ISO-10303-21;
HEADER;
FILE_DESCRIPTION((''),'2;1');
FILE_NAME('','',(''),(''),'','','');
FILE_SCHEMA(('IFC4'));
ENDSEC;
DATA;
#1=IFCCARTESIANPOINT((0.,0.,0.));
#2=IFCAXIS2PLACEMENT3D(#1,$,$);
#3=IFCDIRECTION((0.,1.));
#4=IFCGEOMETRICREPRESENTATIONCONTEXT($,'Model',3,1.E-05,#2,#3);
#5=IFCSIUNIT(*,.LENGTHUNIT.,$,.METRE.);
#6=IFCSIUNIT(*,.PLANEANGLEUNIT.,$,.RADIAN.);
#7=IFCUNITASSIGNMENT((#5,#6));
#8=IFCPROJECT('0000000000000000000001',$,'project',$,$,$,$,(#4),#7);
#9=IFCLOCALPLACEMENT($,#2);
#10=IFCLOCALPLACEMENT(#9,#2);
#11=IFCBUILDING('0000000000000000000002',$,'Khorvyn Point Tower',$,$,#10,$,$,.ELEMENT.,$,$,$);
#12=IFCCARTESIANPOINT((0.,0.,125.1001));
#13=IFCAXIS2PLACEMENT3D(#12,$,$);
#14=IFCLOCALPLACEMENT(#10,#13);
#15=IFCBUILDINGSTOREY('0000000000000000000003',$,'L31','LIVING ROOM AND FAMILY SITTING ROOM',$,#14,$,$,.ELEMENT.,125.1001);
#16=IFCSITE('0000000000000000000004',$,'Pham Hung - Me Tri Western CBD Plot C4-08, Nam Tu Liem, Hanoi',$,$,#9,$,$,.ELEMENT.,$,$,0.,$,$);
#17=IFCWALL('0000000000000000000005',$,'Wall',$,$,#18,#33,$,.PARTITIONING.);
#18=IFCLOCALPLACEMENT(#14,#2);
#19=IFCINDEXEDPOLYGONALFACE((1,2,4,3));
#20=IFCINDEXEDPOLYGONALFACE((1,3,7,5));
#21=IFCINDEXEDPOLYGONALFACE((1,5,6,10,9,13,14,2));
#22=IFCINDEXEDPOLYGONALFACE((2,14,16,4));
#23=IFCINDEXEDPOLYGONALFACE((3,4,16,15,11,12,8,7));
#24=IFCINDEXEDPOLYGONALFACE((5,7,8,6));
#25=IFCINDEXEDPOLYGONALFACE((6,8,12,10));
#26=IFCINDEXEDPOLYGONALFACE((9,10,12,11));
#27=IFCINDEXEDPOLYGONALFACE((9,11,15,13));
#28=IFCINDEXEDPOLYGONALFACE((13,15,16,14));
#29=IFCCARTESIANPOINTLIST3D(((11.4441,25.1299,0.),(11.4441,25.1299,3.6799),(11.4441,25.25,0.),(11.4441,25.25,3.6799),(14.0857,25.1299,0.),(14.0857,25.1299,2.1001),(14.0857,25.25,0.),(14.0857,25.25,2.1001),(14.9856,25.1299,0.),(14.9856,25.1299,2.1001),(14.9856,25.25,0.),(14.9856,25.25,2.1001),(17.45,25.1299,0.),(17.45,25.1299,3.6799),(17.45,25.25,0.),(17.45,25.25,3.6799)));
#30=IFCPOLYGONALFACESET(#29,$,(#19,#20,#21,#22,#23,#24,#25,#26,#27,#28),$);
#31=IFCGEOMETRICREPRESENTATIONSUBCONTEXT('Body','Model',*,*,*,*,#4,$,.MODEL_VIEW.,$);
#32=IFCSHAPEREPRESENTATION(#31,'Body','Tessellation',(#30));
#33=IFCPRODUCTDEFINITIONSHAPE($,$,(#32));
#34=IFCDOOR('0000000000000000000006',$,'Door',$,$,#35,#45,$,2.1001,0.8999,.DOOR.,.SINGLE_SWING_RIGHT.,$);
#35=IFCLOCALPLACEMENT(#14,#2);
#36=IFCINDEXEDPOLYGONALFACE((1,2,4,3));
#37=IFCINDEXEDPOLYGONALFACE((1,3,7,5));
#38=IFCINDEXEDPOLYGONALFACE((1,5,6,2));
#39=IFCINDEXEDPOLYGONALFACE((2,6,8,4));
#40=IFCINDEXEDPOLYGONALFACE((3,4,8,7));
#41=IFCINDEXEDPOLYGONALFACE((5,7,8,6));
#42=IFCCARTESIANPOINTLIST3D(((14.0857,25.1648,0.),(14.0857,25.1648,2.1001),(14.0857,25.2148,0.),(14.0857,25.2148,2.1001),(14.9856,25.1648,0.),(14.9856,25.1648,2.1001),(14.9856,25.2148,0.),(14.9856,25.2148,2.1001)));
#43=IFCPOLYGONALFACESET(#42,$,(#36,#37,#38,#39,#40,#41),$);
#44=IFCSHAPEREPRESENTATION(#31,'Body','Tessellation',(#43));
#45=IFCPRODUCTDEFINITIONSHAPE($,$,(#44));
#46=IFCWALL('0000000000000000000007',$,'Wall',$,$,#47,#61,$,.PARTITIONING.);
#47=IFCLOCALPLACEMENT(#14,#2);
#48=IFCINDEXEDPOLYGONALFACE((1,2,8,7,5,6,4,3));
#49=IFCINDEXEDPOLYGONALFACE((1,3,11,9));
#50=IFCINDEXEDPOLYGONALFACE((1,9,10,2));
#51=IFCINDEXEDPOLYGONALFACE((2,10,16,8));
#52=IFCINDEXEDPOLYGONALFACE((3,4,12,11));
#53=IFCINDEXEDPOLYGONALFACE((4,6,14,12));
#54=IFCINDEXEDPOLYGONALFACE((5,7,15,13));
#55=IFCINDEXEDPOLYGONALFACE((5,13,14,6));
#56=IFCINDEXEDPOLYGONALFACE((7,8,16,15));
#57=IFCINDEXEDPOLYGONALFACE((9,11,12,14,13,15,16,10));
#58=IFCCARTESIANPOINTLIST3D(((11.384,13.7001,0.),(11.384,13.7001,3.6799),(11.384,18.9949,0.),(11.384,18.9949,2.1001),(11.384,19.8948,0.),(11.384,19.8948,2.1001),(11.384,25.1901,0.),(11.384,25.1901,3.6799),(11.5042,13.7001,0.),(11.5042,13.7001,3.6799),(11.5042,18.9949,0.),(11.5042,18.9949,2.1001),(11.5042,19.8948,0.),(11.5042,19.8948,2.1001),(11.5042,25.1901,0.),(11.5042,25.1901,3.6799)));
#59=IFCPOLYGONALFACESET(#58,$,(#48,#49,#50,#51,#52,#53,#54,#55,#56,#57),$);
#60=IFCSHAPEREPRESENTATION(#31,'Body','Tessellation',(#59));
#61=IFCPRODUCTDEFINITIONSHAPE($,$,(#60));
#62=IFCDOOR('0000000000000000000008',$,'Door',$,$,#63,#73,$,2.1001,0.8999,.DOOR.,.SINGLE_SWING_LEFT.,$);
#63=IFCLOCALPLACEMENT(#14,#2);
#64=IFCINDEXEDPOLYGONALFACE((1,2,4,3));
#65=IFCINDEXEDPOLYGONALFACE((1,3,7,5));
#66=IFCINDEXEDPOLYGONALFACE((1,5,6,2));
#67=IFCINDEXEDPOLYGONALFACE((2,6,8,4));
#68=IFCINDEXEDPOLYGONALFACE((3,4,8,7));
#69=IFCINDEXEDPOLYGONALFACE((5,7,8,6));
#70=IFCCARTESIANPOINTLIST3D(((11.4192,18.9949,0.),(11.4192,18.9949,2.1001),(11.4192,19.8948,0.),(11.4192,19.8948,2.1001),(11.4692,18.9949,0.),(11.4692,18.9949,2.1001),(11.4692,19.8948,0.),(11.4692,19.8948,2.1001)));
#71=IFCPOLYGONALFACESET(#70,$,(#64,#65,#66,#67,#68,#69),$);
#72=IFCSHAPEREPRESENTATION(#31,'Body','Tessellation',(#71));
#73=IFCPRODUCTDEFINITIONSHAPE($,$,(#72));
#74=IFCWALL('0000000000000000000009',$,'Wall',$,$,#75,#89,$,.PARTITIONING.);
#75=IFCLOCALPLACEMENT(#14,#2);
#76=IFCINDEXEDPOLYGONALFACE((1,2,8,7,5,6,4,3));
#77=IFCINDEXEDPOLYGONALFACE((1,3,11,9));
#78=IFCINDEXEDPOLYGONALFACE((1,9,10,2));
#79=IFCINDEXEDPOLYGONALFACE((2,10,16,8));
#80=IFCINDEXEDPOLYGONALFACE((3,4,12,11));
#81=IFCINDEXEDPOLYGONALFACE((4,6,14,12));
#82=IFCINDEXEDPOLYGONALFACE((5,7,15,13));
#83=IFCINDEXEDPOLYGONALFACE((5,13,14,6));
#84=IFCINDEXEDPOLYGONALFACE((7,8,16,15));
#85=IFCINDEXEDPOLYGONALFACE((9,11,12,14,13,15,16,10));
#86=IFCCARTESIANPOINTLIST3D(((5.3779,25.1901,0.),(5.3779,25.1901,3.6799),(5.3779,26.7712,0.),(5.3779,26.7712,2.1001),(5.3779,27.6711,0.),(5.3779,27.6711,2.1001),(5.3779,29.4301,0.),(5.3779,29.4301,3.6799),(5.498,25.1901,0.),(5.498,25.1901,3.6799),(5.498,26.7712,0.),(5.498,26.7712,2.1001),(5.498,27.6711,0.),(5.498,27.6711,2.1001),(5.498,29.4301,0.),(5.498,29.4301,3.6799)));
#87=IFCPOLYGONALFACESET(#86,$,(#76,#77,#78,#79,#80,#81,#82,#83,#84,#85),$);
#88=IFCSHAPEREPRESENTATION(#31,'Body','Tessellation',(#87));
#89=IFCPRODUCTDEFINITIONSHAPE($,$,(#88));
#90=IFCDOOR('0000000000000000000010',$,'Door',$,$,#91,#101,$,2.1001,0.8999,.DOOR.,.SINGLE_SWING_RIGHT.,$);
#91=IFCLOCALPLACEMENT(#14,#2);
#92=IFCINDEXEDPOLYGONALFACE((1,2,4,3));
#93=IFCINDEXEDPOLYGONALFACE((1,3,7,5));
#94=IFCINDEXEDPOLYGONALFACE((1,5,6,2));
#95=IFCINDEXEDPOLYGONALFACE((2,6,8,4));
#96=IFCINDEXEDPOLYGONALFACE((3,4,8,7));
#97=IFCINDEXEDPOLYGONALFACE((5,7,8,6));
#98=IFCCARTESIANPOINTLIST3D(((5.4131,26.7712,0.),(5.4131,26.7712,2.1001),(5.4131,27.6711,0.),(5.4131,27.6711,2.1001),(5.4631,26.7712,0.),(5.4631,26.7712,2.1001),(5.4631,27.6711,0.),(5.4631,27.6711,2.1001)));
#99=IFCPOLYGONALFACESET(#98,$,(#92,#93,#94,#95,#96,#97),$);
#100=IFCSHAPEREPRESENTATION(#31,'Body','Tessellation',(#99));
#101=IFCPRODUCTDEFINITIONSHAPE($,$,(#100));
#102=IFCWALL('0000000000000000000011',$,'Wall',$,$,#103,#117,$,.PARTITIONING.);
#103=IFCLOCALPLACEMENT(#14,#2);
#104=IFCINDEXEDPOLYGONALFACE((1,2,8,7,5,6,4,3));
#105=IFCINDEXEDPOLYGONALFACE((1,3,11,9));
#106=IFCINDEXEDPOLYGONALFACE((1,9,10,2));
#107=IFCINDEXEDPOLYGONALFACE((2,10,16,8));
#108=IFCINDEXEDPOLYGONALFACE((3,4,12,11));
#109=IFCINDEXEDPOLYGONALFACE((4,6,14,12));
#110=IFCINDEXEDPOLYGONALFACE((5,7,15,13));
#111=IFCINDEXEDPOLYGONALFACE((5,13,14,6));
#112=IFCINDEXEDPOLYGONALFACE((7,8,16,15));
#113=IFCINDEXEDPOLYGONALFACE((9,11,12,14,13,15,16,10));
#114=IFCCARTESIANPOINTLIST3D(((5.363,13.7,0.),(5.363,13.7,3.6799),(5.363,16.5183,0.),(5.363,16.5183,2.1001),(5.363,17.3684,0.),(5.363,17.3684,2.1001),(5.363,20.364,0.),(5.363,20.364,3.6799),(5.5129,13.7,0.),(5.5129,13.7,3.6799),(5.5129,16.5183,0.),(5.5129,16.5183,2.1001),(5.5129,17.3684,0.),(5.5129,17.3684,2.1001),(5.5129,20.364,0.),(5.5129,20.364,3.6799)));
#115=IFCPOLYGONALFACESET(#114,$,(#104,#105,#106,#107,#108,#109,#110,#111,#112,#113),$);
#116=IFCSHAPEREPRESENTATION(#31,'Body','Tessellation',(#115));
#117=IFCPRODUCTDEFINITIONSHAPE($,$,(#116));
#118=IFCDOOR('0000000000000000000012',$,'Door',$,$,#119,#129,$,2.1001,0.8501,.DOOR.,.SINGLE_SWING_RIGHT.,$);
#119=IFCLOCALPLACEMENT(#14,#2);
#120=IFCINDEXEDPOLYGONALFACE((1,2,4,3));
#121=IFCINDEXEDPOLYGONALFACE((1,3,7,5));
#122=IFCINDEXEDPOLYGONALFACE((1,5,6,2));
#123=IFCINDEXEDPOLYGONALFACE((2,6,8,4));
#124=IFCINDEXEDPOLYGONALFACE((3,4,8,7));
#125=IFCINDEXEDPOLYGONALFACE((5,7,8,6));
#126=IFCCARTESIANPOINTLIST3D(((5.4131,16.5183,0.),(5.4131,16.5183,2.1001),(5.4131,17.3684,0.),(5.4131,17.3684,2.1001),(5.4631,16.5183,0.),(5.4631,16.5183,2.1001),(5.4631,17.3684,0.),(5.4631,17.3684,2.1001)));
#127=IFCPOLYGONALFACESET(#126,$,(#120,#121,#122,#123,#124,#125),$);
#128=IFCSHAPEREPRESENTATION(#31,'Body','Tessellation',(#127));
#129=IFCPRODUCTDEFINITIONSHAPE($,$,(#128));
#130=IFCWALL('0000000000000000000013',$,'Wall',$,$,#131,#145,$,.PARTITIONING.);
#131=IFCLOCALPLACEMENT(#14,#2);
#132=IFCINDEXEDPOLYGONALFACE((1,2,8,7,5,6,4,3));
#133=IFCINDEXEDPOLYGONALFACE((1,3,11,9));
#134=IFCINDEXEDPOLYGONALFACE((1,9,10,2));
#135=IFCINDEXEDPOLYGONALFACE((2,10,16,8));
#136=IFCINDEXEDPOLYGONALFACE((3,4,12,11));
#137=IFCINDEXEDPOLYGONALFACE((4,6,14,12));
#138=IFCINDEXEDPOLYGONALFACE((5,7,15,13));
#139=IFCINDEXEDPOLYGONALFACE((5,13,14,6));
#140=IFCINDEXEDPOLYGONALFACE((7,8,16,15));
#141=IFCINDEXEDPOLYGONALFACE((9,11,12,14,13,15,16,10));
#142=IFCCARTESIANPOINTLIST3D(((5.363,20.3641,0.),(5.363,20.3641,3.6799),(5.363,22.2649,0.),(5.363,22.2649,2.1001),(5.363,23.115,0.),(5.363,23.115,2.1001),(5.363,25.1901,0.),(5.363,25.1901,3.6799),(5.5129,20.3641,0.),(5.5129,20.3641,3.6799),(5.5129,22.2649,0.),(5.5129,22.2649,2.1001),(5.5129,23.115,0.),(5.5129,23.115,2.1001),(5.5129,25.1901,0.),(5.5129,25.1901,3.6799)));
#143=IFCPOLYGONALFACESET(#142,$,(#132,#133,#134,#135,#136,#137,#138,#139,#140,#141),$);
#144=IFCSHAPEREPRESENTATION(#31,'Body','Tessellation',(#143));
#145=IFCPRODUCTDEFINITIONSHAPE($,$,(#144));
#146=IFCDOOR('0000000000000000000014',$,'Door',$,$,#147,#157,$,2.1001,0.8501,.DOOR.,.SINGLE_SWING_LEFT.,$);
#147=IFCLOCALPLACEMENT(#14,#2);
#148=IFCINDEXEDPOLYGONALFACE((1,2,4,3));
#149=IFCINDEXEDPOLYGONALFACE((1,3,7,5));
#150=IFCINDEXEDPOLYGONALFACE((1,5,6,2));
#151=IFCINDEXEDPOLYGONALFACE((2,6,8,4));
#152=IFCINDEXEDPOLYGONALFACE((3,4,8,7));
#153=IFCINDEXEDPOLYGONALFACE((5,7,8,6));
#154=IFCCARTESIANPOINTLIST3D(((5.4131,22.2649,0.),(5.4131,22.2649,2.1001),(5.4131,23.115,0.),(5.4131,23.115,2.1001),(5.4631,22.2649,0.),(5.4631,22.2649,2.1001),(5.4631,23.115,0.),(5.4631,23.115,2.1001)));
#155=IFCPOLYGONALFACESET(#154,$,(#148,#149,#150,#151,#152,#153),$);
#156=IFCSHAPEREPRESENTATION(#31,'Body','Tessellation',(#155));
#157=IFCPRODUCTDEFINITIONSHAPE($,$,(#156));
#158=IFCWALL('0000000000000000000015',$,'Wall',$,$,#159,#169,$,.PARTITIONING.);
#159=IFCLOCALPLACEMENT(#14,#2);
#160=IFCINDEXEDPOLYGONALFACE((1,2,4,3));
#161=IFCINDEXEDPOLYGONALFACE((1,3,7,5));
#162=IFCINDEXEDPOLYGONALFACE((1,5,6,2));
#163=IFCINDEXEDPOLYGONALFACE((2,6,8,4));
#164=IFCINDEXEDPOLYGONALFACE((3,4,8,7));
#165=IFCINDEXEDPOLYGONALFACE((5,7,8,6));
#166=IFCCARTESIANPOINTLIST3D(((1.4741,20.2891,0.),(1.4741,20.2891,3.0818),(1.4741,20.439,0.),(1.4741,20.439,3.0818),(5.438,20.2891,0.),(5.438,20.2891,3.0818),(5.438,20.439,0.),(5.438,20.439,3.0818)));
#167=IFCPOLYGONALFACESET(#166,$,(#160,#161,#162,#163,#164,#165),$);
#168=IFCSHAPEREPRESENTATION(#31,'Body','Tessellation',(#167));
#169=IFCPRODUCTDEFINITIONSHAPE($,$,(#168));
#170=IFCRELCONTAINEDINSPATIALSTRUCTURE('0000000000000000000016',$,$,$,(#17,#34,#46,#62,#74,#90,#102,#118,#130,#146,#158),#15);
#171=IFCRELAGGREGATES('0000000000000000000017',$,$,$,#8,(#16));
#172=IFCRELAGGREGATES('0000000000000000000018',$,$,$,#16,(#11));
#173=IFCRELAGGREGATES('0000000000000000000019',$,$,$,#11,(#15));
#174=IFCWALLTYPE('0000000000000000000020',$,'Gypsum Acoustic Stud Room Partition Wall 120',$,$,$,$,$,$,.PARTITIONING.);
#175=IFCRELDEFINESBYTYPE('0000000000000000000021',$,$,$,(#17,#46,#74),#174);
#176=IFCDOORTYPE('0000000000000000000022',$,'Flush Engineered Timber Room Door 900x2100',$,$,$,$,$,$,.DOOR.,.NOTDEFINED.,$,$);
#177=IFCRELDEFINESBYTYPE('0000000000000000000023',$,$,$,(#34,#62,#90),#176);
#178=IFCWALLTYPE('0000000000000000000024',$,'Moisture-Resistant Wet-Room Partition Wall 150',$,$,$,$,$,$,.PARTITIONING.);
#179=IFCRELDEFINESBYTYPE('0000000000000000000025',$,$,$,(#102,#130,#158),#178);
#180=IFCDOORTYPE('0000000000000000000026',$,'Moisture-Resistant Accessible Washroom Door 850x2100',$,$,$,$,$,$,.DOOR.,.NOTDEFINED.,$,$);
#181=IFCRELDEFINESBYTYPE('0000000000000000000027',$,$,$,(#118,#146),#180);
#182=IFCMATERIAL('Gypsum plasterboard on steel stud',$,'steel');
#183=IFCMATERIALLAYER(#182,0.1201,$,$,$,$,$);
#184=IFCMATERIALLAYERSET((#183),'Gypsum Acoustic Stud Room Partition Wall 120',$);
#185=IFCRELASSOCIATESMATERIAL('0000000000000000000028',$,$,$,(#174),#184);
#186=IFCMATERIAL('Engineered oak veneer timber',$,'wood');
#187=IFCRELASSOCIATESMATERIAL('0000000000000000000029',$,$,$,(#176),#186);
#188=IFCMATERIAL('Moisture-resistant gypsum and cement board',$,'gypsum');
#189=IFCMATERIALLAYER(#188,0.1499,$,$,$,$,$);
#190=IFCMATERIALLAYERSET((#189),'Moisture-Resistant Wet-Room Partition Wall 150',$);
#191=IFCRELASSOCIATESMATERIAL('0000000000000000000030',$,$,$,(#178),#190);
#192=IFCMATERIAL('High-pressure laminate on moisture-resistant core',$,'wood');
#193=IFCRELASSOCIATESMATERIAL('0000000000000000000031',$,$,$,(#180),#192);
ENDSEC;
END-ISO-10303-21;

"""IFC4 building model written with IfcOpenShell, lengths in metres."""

from ifc_helpers import new_model, si_unit, direction, frame, frame_2d, origin, place, context, subcontext, project, spatial, rectangle, extrude, material, layer, layer_set, type_object, element, fill, save


model = new_model("IFC4")

# Units and contexts
model_context = context("Model", 3, precision=1e-05, world=origin(), true_north=direction((0.0, 1.0)))
body_context = subcontext(model_context, "Body", "Model", "MODEL_VIEW")
ifc_project = project(units=[si_unit("LENGTHUNIT", "METRE"), si_unit("PLANEANGLEUNIT", "RADIAN")], contexts=[model_context])

# Site, building, storey
site_placement = place(None, origin())
site = spatial("IfcSite", under=ifc_project, at=site_placement, Name="Pham Hung - Me Tri Western CBD Plot C4-08, Nam Tu Liem, Hanoi", CompositionType="ELEMENT", RefElevation=0.0)
building_placement = place(site_placement, origin())
building = spatial("IfcBuilding", under=site, at=building_placement, Name="Khorvyn Point Tower", CompositionType="ELEMENT")
storey_placement = place(building_placement, frame((0.0, 0.0, 125.1001)))
storey = spatial("IfcBuildingStorey", under=building, at=storey_placement, Name="L31", Description="LIVING ROOM AND FAMILY SITTING ROOM", CompositionType="ELEMENT", Elevation=125.1001)

# Walls, openings, doors
ifc_material_1 = material(Name="Gypsum plasterboard on steel stud", Category="steel")
ifc_layer_1 = layer(ifc_material_1, 0.1201)
ifc_layer_set_1 = layer_set([ifc_layer_1], Name="Gypsum Acoustic Stud Room Partition Wall 120")
wall_type_1 = type_object("IfcWallType", Name="Gypsum Acoustic Stud Room Partition Wall 120", PredefinedType="PARTITIONING", material=ifc_layer_set_1)
ifc_material_2 = material(Name="Engineered oak veneer timber", Category="wood")
door_type_1 = type_object("IfcDoorType", Name="Flush Engineered Timber Room Door 900x2100", OperationType="NOTDEFINED", PredefinedType="DOOR", material=ifc_material_2)
wall_1_placement = place(storey_placement, frame((11.4441, 25.1899, 0.0), z_axis=(0.0, 0.0, 1.0), x_axis=(1.0, 0.0, 0.0)))
wall_1 = element("IfcWall", 1, at=wall_1_placement, inside=storey, type_object=wall_type_1, Name="Wall", PredefinedType="PARTITIONING", context=body_context, shape_type="SweptSolid", body=[
    extrude(rectangle(XDim=6.0059, YDim=0.1201, at=frame_2d((3.0029, 0.0))), origin(), (0.0, 0.0, 1.0), 3.6799),
])
opening_1_placement = place(wall_1_placement, frame((2.6416, 0.0, 0.0)))
opening_1 = element("IfcOpeningElement", 2, at=opening_1_placement, cuts=wall_1, PredefinedType="OPENING", context=body_context, shape_type="SweptSolid", body=[
    extrude(rectangle(XDim=0.8999, YDim=2.1001, at=frame_2d((0.45, 1.05))), frame((0.0, 0.0701, 0.0), z_axis=(0.0, -1.0, 0.0), x_axis=(1.0, 0.0, 0.0)), (0.0, 0.0, 1.0), 0.1401),
])
door_1_placement = place(opening_1_placement, origin())
door_1 = element("IfcDoor", 3, at=door_1_placement, inside=storey, type_object=door_type_1, Name="Door", OperationType="SINGLE_SWING_RIGHT", OverallHeight=2.1001, OverallWidth=0.8999, PredefinedType="DOOR", context=body_context, shape_type="SweptSolid", body=[
    extrude(rectangle(XDim=0.8999, YDim=2.1001, at=frame_2d((0.45, 1.05))), frame((0.0, 0.0249, 0.0), z_axis=(0.0, -1.0, 0.0), x_axis=(1.0, 0.0, 0.0)), (0.0, 0.0, 1.0), 0.05),
])
fill(opening_1, door_1)
wall_2_placement = place(storey_placement, frame((11.4441, 13.7, 0.0), z_axis=(0.0, 0.0, 1.0), x_axis=(0.0, 1.0, 0.0)))
wall_2 = element("IfcWall", 4, at=wall_2_placement, inside=storey, type_object=wall_type_1, Name="Wall", PredefinedType="PARTITIONING", context=body_context, shape_type="SweptSolid", body=[
    extrude(rectangle(XDim=11.49, YDim=0.1201, at=frame_2d((5.7451, 0.0))), origin(), (0.0, 0.0, 1.0), 3.6799),
])
opening_2_placement = place(wall_2_placement, frame((5.2949, 0.0, 0.0)))
opening_2 = element("IfcOpeningElement", 5, at=opening_2_placement, cuts=wall_2, PredefinedType="OPENING", context=body_context, shape_type="SweptSolid", body=[
    extrude(rectangle(XDim=0.8999, YDim=2.1001, at=frame_2d((0.45, 1.05))), frame((0.0, 0.0701, 0.0), z_axis=(0.0, -1.0, 0.0), x_axis=(1.0, 0.0, 0.0)), (0.0, 0.0, 1.0), 0.1401),
])
door_2_placement = place(opening_2_placement, origin())
door_2 = element("IfcDoor", 6, at=door_2_placement, inside=storey, type_object=door_type_1, Name="Door", OperationType="SINGLE_SWING_LEFT", OverallHeight=2.1001, OverallWidth=0.8999, PredefinedType="DOOR", context=body_context, shape_type="SweptSolid", body=[
    extrude(rectangle(XDim=0.8999, YDim=2.1001, at=frame_2d((0.45, 1.05))), frame((0.0, 0.0249, 0.0), z_axis=(0.0, -1.0, 0.0), x_axis=(1.0, 0.0, 0.0)), (0.0, 0.0, 1.0), 0.05),
])
fill(opening_2, door_2)
wall_3_placement = place(storey_placement, frame((5.438, 25.1899, 0.0), z_axis=(0.0, 0.0, 1.0), x_axis=(0.0, 1.0, 0.0)))
wall_3 = element("IfcWall", 7, at=wall_3_placement, inside=storey, type_object=wall_type_1, Name="Wall", PredefinedType="PARTITIONING", context=body_context, shape_type="SweptSolid", body=[
    extrude(rectangle(XDim=4.24, YDim=0.1201, at=frame_2d((2.1201, 0.0))), origin(), (0.0, 0.0, 1.0), 3.6799),
])
opening_3_placement = place(wall_3_placement, frame((1.5813, 0.0, 0.0)))
opening_3 = element("IfcOpeningElement", 8, at=opening_3_placement, cuts=wall_3, PredefinedType="OPENING", context=body_context, shape_type="SweptSolid", body=[
    extrude(rectangle(XDim=0.8999, YDim=2.1001, at=frame_2d((0.45, 1.05))), frame((0.0, 0.0701, 0.0), z_axis=(0.0, -1.0, 0.0), x_axis=(1.0, 0.0, 0.0)), (0.0, 0.0, 1.0), 0.1401),
])
door_3_placement = place(opening_3_placement, origin())
door_3 = element("IfcDoor", 9, at=door_3_placement, inside=storey, type_object=door_type_1, Name="Door", OperationType="SINGLE_SWING_RIGHT", OverallHeight=2.1001, OverallWidth=0.8999, PredefinedType="DOOR", context=body_context, shape_type="SweptSolid", body=[
    extrude(rectangle(XDim=0.8999, YDim=2.1001, at=frame_2d((0.45, 1.05))), frame((0.0, 0.0249, 0.0), z_axis=(0.0, -1.0, 0.0), x_axis=(1.0, 0.0, 0.0)), (0.0, 0.0, 1.0), 0.05),
])
fill(opening_3, door_3)
ifc_material_3 = material(Name="Moisture-resistant gypsum and cement board", Category="gypsum")
ifc_layer_2 = layer(ifc_material_3, 0.1499)
ifc_layer_set_2 = layer_set([ifc_layer_2], Name="Moisture-Resistant Wet-Room Partition Wall 150")
wall_type_2 = type_object("IfcWallType", Name="Moisture-Resistant Wet-Room Partition Wall 150", PredefinedType="PARTITIONING", material=ifc_layer_set_2)
wall_4_placement = place(storey_placement, frame((5.438, 13.7, 0.0), z_axis=(0.0, 0.0, 1.0), x_axis=(0.0, 1.0, 0.0)))
wall_4 = element("IfcWall", 10, at=wall_4_placement, inside=storey, type_object=wall_type_2, Name="Wall", PredefinedType="PARTITIONING", context=body_context, shape_type="SweptSolid", body=[
    extrude(rectangle(XDim=6.6641, YDim=0.1499, at=frame_2d((3.332, 0.0))), origin(), (0.0, 0.0, 1.0), 3.6799),
])
opening_4_placement = place(wall_4_placement, frame((2.8184, 0.0, 0.0)))
opening_4 = element("IfcOpeningElement", 11, at=opening_4_placement, cuts=wall_4, PredefinedType="OPENING", context=body_context, shape_type="SweptSolid", body=[
    extrude(rectangle(XDim=0.8501, YDim=2.1001, at=frame_2d((0.425, 1.05))), frame((0.0, 0.085, 0.0), z_axis=(0.0, -1.0, 0.0), x_axis=(1.0, 0.0, 0.0)), (0.0, 0.0, 1.0), 0.1699),
])
ifc_material_4 = material(Name="High-pressure laminate on moisture-resistant core", Category="wood")
door_type_2 = type_object("IfcDoorType", Name="Moisture-Resistant Accessible Washroom Door 850x2100", OperationType="NOTDEFINED", PredefinedType="DOOR", material=ifc_material_4)
door_4_placement = place(opening_4_placement, origin())
door_4 = element("IfcDoor", 12, at=door_4_placement, inside=storey, type_object=door_type_2, Name="Door", OperationType="SINGLE_SWING_RIGHT", OverallHeight=2.1001, OverallWidth=0.8501, PredefinedType="DOOR", context=body_context, shape_type="SweptSolid", body=[
    extrude(rectangle(XDim=0.8501, YDim=2.1001, at=frame_2d((0.425, 1.05))), frame((0.0, 0.0249, 0.0), z_axis=(0.0, -1.0, 0.0), x_axis=(1.0, 0.0, 0.0)), (0.0, 0.0, 1.0), 0.05),
])
fill(opening_4, door_4)
wall_5_placement = place(storey_placement, frame((5.438, 20.364, 0.0), z_axis=(0.0, 0.0, 1.0), x_axis=(0.0, 1.0, 0.0)))
wall_5 = element("IfcWall", 13, at=wall_5_placement, inside=storey, type_object=wall_type_2, Name="Wall", PredefinedType="PARTITIONING", context=body_context, shape_type="SweptSolid", body=[
    extrude(rectangle(XDim=4.8259, YDim=0.1499, at=frame_2d((2.4131, 0.0))), origin(), (0.0, 0.0, 1.0), 3.6799),
])
opening_5_placement = place(wall_5_placement, frame((1.9009, 0.0, 0.0)))
opening_5 = element("IfcOpeningElement", 14, at=opening_5_placement, cuts=wall_5, PredefinedType="OPENING", context=body_context, shape_type="SweptSolid", body=[
    extrude(rectangle(XDim=0.8501, YDim=2.1001, at=frame_2d((0.425, 1.05))), frame((0.0, 0.085, 0.0), z_axis=(0.0, -1.0, 0.0), x_axis=(1.0, 0.0, 0.0)), (0.0, 0.0, 1.0), 0.1699),
])
door_5_placement = place(opening_5_placement, origin())
door_5 = element("IfcDoor", 15, at=door_5_placement, inside=storey, type_object=door_type_2, Name="Door", OperationType="SINGLE_SWING_LEFT", OverallHeight=2.1001, OverallWidth=0.8501, PredefinedType="DOOR", context=body_context, shape_type="SweptSolid", body=[
    extrude(rectangle(XDim=0.8501, YDim=2.1001, at=frame_2d((0.425, 1.05))), frame((0.0, 0.0249, 0.0), z_axis=(0.0, -1.0, 0.0), x_axis=(1.0, 0.0, 0.0)), (0.0, 0.0, 1.0), 0.05),
])
fill(opening_5, door_5)

# Wall
wall_6_placement = place(storey_placement, frame((1.4741, 20.364, 0.0), z_axis=(0.0, 0.0, 1.0), x_axis=(1.0, 0.0, 0.0)))
element("IfcWall", 16, at=wall_6_placement, inside=storey, type_object=wall_type_2, Name="Wall", PredefinedType="PARTITIONING", context=body_context, shape_type="SweptSolid", body=[
    extrude(rectangle(XDim=3.9639, YDim=0.1499, at=frame_2d((1.9819, 0.0))), origin(), (0.0, 0.0, 1.0), 3.0818),
])

save(model, "model.ifc")
